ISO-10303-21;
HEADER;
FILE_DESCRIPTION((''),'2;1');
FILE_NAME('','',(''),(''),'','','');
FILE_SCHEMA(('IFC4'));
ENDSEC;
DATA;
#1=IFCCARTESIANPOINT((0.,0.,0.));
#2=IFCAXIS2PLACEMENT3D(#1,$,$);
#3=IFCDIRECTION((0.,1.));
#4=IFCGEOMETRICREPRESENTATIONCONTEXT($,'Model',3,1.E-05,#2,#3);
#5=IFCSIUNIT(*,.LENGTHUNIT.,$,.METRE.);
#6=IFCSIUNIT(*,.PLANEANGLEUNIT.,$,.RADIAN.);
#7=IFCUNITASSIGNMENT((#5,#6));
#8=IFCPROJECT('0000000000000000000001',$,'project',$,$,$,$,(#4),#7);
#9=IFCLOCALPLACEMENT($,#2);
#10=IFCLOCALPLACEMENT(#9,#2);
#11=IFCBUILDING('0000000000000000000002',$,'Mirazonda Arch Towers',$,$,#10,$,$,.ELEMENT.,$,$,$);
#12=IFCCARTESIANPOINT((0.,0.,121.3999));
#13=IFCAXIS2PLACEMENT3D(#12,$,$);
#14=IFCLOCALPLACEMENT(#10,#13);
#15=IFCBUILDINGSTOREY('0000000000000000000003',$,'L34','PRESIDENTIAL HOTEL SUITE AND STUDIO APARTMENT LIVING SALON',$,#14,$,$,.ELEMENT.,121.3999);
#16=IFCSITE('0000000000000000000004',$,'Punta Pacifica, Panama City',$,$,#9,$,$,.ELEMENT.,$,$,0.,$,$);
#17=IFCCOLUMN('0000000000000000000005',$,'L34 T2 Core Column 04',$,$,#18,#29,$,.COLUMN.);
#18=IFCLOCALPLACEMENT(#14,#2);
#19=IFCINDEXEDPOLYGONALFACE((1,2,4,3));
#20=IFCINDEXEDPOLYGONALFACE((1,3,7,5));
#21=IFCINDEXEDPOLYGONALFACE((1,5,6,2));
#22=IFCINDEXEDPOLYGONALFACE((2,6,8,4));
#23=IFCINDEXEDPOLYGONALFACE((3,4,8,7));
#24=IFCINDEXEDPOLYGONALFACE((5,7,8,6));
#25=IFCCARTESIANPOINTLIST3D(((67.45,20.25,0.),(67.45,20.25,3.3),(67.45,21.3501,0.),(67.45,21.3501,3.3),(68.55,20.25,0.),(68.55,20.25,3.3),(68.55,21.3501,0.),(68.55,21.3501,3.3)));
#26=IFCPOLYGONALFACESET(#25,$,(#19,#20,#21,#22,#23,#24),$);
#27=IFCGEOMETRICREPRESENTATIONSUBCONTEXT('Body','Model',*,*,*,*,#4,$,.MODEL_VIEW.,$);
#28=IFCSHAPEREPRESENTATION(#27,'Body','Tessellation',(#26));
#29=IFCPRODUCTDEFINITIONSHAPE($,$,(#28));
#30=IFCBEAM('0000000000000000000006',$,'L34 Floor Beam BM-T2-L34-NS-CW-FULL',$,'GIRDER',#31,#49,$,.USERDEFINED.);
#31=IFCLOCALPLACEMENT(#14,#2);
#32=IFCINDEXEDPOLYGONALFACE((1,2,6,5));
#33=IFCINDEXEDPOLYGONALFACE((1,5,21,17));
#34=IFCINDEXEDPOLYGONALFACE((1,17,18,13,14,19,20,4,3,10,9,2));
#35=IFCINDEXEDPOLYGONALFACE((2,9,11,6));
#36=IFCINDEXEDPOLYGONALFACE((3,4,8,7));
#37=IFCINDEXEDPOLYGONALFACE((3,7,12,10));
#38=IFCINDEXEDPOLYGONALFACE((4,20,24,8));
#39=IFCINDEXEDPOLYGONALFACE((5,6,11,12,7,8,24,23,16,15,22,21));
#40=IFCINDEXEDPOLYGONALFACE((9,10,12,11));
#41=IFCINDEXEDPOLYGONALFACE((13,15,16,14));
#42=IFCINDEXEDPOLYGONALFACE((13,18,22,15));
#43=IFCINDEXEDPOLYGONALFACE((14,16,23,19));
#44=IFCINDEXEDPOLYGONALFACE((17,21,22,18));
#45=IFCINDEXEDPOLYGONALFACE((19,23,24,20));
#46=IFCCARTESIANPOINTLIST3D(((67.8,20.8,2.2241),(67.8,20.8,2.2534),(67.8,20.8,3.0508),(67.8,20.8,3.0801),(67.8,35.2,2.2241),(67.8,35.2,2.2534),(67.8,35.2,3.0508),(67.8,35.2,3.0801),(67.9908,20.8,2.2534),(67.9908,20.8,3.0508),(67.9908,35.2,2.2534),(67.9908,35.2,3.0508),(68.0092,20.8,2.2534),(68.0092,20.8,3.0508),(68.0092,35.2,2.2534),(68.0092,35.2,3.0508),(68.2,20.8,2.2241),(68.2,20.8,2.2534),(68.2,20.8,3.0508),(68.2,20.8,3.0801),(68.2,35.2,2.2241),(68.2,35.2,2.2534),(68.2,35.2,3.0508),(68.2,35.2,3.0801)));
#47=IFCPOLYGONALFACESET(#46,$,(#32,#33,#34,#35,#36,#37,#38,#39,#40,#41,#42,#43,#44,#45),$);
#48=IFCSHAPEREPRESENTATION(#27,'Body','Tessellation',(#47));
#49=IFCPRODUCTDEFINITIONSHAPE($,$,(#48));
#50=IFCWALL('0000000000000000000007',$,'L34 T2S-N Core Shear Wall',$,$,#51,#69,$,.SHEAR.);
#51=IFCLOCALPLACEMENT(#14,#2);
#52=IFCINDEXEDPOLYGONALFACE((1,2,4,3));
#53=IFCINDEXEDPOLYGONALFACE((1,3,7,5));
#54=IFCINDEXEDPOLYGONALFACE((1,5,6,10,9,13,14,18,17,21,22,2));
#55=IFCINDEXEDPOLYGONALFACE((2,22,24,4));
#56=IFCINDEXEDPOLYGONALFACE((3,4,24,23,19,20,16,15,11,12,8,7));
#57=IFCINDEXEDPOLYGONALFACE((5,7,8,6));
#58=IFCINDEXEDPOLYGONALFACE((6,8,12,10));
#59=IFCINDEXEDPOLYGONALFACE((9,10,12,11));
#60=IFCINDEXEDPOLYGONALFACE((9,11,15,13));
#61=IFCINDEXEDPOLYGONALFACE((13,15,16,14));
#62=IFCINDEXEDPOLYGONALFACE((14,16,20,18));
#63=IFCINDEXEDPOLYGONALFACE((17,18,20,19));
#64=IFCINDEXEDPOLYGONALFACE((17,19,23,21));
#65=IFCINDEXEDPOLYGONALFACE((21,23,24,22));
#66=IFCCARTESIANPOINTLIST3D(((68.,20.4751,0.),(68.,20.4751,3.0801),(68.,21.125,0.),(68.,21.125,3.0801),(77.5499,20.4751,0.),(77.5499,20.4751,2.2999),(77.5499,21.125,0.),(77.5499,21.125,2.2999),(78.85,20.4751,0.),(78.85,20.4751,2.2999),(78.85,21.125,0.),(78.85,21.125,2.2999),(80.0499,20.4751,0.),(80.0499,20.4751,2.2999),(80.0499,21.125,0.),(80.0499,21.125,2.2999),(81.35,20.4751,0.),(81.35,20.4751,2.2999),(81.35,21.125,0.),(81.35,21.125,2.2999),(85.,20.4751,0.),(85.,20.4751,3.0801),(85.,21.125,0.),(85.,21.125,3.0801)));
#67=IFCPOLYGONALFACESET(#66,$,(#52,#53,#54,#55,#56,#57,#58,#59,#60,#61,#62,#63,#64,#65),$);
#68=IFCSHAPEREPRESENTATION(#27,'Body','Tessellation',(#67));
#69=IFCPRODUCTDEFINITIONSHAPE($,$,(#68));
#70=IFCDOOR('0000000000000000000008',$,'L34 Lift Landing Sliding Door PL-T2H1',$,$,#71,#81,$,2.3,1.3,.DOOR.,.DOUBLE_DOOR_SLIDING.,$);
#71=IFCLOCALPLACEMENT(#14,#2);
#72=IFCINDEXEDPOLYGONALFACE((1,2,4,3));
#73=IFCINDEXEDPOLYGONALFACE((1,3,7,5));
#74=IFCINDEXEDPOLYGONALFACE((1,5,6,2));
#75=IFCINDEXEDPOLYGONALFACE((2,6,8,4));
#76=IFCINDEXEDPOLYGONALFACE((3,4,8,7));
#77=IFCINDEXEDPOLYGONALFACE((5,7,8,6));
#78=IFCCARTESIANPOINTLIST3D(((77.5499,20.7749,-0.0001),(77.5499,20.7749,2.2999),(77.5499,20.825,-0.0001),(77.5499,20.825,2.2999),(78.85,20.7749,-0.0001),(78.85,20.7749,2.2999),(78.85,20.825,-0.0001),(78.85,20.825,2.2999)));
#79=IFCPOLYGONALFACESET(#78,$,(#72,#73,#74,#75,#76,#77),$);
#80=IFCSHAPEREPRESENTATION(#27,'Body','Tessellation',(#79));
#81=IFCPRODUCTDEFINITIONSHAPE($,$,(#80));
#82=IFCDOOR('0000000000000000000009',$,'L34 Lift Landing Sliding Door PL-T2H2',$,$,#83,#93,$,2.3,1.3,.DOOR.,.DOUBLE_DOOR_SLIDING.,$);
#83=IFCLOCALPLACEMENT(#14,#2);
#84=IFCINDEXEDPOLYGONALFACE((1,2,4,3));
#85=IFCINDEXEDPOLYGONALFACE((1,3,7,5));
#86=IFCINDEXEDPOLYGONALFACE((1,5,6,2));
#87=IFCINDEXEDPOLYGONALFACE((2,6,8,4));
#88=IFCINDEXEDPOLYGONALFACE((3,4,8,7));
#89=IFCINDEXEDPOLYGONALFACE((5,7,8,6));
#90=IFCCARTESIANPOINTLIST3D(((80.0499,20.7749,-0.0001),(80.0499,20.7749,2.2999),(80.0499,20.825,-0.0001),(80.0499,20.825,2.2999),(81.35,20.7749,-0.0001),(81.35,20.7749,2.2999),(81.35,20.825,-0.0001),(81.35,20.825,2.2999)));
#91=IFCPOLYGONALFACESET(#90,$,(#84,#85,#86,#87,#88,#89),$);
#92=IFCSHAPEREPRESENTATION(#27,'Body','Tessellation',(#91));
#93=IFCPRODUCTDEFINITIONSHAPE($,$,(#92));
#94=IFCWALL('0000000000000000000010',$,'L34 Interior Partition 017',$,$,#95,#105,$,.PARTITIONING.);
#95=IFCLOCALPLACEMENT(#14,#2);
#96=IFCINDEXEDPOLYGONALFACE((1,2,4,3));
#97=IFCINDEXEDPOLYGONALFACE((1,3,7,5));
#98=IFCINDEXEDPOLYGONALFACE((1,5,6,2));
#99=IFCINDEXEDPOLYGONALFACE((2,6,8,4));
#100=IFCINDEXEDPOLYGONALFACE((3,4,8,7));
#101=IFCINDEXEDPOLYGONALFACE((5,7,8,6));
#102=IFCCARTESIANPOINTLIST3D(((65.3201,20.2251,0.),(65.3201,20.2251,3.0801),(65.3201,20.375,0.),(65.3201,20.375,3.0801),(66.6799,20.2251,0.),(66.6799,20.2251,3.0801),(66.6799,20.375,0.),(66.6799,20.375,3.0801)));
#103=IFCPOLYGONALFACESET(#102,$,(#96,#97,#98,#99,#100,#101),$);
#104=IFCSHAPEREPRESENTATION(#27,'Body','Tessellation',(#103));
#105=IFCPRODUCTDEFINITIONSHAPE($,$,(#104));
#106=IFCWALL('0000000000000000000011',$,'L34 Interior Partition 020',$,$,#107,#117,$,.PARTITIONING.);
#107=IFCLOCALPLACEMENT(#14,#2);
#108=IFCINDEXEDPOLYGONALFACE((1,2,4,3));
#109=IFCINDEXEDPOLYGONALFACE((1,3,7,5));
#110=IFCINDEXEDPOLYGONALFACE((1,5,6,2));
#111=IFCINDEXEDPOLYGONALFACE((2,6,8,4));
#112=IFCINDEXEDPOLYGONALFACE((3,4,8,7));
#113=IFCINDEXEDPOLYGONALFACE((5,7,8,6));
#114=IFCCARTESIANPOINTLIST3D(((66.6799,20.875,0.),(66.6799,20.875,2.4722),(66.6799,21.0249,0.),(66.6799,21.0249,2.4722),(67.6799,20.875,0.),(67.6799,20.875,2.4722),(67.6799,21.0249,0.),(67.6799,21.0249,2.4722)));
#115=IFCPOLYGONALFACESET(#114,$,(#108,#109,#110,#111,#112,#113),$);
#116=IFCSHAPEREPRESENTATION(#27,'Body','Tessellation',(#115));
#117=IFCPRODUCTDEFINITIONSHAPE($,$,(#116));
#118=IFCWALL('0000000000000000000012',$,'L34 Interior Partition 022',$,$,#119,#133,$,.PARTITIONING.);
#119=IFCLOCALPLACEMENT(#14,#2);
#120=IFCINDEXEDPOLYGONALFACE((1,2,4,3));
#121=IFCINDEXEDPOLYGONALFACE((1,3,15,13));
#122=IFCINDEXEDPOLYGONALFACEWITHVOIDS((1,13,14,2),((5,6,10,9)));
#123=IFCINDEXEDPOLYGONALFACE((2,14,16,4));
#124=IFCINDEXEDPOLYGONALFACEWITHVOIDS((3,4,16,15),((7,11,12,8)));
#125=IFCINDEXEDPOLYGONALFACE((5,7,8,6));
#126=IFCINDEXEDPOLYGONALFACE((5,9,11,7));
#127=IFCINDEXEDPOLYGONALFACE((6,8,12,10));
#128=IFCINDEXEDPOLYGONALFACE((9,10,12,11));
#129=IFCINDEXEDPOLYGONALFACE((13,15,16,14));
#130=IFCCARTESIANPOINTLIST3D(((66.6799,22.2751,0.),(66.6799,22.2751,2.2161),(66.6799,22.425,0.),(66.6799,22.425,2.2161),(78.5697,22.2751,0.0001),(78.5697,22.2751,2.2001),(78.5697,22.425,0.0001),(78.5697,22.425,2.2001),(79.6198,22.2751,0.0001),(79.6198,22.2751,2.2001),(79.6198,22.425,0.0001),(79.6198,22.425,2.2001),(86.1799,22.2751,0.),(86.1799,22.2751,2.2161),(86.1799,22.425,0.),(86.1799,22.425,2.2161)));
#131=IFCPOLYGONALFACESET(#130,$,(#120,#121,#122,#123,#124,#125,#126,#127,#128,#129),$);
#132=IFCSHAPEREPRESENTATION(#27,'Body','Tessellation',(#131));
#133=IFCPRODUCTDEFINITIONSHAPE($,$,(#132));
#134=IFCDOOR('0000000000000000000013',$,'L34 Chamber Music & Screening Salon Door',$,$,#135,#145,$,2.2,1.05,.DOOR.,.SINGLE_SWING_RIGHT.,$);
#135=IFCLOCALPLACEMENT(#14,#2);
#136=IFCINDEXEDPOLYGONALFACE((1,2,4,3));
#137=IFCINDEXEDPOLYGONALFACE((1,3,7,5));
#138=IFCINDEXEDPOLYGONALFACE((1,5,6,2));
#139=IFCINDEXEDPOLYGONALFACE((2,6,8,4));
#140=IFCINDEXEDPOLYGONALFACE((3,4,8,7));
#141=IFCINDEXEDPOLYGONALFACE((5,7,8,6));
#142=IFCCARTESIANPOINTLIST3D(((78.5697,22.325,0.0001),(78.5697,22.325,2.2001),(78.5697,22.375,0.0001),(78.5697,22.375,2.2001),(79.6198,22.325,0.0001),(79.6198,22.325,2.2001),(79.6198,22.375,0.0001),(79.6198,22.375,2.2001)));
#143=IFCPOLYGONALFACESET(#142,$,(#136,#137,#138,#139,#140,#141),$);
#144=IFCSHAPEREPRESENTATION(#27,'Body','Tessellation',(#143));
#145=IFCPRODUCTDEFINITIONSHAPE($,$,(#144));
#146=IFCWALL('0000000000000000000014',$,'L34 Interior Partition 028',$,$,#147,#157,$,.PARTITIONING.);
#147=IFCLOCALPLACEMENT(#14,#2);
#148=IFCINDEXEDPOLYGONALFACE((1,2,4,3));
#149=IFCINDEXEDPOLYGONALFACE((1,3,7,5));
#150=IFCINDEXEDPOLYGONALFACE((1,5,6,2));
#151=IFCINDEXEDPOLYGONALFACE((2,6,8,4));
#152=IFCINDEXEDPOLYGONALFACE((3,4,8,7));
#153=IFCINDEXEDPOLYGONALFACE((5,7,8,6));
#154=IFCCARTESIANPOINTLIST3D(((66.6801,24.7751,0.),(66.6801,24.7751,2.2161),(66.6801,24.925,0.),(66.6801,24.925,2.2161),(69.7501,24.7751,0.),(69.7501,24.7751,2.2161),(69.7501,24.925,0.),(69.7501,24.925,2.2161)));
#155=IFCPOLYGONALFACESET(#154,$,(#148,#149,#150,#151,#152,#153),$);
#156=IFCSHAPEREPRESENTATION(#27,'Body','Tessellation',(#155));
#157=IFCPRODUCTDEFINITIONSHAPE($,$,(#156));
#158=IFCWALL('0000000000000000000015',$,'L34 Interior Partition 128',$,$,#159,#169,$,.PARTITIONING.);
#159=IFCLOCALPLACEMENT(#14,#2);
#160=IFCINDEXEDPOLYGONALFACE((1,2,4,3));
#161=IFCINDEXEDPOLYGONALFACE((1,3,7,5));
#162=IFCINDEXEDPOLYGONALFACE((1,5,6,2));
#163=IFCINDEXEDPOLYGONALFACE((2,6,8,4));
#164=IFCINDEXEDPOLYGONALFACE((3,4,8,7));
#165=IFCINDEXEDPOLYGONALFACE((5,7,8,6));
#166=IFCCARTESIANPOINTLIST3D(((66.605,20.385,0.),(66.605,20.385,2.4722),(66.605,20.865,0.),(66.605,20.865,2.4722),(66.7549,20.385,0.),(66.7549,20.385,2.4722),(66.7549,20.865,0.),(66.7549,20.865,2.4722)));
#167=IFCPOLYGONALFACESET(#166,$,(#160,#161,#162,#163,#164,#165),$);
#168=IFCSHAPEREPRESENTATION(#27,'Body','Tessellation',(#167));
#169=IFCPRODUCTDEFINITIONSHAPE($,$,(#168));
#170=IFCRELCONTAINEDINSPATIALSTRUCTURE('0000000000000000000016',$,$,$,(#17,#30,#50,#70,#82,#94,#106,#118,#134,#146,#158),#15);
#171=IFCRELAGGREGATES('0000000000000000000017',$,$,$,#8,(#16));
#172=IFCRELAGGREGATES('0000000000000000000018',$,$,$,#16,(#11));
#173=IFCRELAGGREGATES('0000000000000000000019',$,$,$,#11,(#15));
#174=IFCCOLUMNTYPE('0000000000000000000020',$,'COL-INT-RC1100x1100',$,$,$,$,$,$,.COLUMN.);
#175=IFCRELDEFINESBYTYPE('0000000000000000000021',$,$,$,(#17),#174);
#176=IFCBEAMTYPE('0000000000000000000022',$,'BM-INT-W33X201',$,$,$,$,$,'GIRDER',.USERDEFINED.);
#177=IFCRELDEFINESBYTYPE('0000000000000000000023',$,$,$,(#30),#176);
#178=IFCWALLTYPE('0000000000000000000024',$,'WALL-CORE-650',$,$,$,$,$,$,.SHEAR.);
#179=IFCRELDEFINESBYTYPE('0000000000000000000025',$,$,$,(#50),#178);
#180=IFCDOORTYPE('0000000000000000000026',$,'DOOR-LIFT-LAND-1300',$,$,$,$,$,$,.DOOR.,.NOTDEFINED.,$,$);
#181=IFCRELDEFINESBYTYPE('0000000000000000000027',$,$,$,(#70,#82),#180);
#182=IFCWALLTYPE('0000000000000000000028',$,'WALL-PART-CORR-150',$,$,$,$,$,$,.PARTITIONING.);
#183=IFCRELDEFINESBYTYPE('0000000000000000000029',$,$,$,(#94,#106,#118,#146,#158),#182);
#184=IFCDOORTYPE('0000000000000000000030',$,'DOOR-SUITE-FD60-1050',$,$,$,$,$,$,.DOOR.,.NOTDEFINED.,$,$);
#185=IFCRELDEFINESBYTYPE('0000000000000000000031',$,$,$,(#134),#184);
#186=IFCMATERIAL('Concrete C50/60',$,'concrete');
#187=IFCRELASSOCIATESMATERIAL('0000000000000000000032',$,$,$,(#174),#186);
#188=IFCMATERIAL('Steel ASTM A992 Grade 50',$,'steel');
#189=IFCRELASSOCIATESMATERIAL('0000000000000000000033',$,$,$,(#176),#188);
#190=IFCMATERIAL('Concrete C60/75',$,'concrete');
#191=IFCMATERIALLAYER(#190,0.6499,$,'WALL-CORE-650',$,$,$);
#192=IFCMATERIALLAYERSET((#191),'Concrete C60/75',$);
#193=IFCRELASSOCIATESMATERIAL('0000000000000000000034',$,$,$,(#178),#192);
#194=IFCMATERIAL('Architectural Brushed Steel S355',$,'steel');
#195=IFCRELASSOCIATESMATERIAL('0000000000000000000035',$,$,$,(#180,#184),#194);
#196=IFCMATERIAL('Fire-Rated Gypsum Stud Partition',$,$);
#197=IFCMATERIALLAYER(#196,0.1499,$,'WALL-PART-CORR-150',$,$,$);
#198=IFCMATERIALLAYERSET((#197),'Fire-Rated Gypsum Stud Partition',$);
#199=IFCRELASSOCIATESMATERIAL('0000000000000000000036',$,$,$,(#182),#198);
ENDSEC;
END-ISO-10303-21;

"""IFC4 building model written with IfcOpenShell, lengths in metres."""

from ifc_helpers import new_model, si_unit, direction, frame, frame_2d, origin, origin_2d, place, context, subcontext, project, spatial, rectangle, i_section, extrude, material, layer, layer_set, material_profile, profile_set, type_object, element, fill, save


model = new_model("IFC4")

# Units and contexts
model_context = context("Model", 3, precision=1e-05, world=origin(), true_north=direction((0.0, 1.0)))
body_context = subcontext(model_context, "Body", "Model", "MODEL_VIEW")
ifc_project = project(units=[si_unit("LENGTHUNIT", "METRE"), si_unit("PLANEANGLEUNIT", "RADIAN")], contexts=[model_context])

# Site, building, storey
site_placement = place(None, origin())
site = spatial("IfcSite", under=ifc_project, at=site_placement, Name="Punta Pacifica, Panama City", CompositionType="ELEMENT", RefElevation=0.0)
building_placement = place(site_placement, origin())
building = spatial("IfcBuilding", under=site, at=building_placement, Name="Mirazonda Arch Towers", CompositionType="ELEMENT")
storey_placement = place(building_placement, frame((0.0, 0.0, 121.3999)))
storey = spatial("IfcBuildingStorey", under=building, at=storey_placement, Name="L34", Description="PRESIDENTIAL HOTEL SUITE AND STUDIO APARTMENT LIVING SALON", CompositionType="ELEMENT", Elevation=121.3999)

# Column
ifc_material_1 = material(Name="Concrete C50/60", Category="concrete")
ifc_material_profile_1 = material_profile(ifc_material_1, rectangle(XDim=1.1001, YDim=1.1001, at=origin_2d()), Name="RC1100x1100")
ifc_profile_set_1 = profile_set([ifc_material_profile_1], Name="Concrete C50/60")
column_type = type_object("IfcColumnType", Name="COL-INT-RC1100x1100", PredefinedType="COLUMN", material=ifc_profile_set_1)
column_placement = place(storey_placement, frame((68.0, 20.8, 0.0), z_axis=(0.0, 0.0, 1.0), x_axis=(1.0, 0.0, 0.0)))
element("IfcColumn", 1, at=column_placement, inside=storey, type_object=column_type, Name="L34 T2 Core Column 04", PredefinedType="COLUMN", context=body_context, shape_type="SweptSolid", body=[
    extrude(rectangle(XDim=1.1001, YDim=1.1001, at=origin_2d()), origin(), (0.0, 0.0, 1.0), 3.3),
])

# Beam
ifc_material_2 = material(Name="Steel ASTM A992 Grade 50", Category="steel")
ifc_material_profile_2 = material_profile(ifc_material_2, i_section(OverallWidth=0.3999, OverallDepth=0.856, WebThickness=0.0183, FlangeThickness=0.0293, at=origin_2d()), Name="W33X201")
ifc_profile_set_2 = profile_set([ifc_material_profile_2], Name="Steel ASTM A992 Grade 50")
beam_type = type_object("IfcBeamType", Name="BM-INT-W33X201", ElementType="GIRDER", PredefinedType="USERDEFINED", material=ifc_profile_set_2)
beam_placement = place(storey_placement, frame((68.0, 20.8, 2.6521), z_axis=(0.0, 1.0, 0.0), x_axis=(-1.0, 0.0, 0.0)))
element("IfcBeam", 2, at=beam_placement, inside=storey, type_object=beam_type, Name="L34 Floor Beam BM-T2-L34-NS-CW-FULL", ObjectType="GIRDER", PredefinedType="USERDEFINED", context=body_context, shape_type="SweptSolid", body=[
    extrude(i_section(OverallWidth=0.3999, OverallDepth=0.856, WebThickness=0.0183, FlangeThickness=0.0293, at=origin_2d()), origin(), (0.0, 0.0, 1.0), 14.3999),
])

# Wall, openings, doors
ifc_material_3 = material(Name="Concrete C60/75", Category="concrete")
ifc_layer_1 = layer(ifc_material_3, 0.6499, Name="WALL-CORE-650")
ifc_layer_set_1 = layer_set([ifc_layer_1], Name="Concrete C60/75")
wall_type_1 = type_object("IfcWallType", Name="WALL-CORE-650", PredefinedType="SHEAR", material=ifc_layer_set_1)
wall_1_placement = place(storey_placement, frame((68.0, 20.8, 0.0), z_axis=(0.0, 0.0, 1.0), x_axis=(1.0, 0.0, 0.0)))
wall_1 = element("IfcWall", 3, at=wall_1_placement, inside=storey, type_object=wall_type_1, Name="L34 T2S-N Core Shear Wall", PredefinedType="SHEAR", context=body_context, shape_type="SweptSolid", body=[
    extrude(rectangle(XDim=17.0, YDim=0.6499, at=frame_2d((8.5, 0.0))), origin(), (0.0, 0.0, 1.0), 3.0801),
])
opening_1_placement = place(wall_1_placement, frame((9.55, 0.0, 0.0)))
opening_1 = element("IfcOpeningElement", 4, at=opening_1_placement, cuts=wall_1, PredefinedType="OPENING", context=body_context, shape_type="SweptSolid", body=[
    extrude(rectangle(XDim=1.3, YDim=2.3, at=frame_2d((0.6499, 1.1499))), frame((0.0, 0.335, 0.0), z_axis=(0.0, -1.0, 0.0), x_axis=(1.0, 0.0, 0.0)), (0.0, 0.0, 1.0), 0.6699),
])
opening_2_placement = place(wall_1_placement, frame((12.05, 0.0, 0.0)))
opening_2 = element("IfcOpeningElement", 5, at=opening_2_placement, cuts=wall_1, PredefinedType="OPENING", context=body_context, shape_type="SweptSolid", body=[
    extrude(rectangle(XDim=1.3, YDim=2.3, at=frame_2d((0.6499, 1.1499))), frame((0.0, 0.335, 0.0), z_axis=(0.0, -1.0, 0.0), x_axis=(1.0, 0.0, 0.0)), (0.0, 0.0, 1.0), 0.6699),
])
ifc_material_4 = material(Name="Architectural Brushed Steel S355", Category="steel")
door_type_1 = type_object("IfcDoorType", Name="DOOR-LIFT-LAND-1300", OperationType="NOTDEFINED", PredefinedType="DOOR", material=ifc_material_4)
door_1_placement = place(opening_1_placement, origin())
door_1 = element("IfcDoor", 6, at=door_1_placement, inside=storey, type_object=door_type_1, Name="L34 Lift Landing Sliding Door PL-T2H1", OperationType="DOUBLE_DOOR_SLIDING", OverallHeight=2.3, OverallWidth=1.3, PredefinedType="DOOR", context=body_context, shape_type="SweptSolid", body=[
    extrude(rectangle(XDim=1.3, YDim=2.3, at=frame_2d((0.6499, 1.1499))), frame((0.0, 0.0249, 0.0), z_axis=(0.0, -1.0, 0.0), x_axis=(1.0, 0.0, 0.0)), (0.0, 0.0, 1.0), 0.05),
])
fill(opening_1, door_1)
door_2_placement = place(opening_2_placement, origin())
door_2 = element("IfcDoor", 7, at=door_2_placement, inside=storey, type_object=door_type_1, Name="L34 Lift Landing Sliding Door PL-T2H2", OperationType="DOUBLE_DOOR_SLIDING", OverallHeight=2.3, OverallWidth=1.3, PredefinedType="DOOR", context=body_context, shape_type="SweptSolid", body=[
    extrude(rectangle(XDim=1.3, YDim=2.3, at=frame_2d((0.6499, 1.1499))), frame((0.0, 0.0249, 0.0), z_axis=(0.0, -1.0, 0.0), x_axis=(1.0, 0.0, 0.0)), (0.0, 0.0, 1.0), 0.05),
])
fill(opening_2, door_2)

# Walls
ifc_material_5 = material(Name="Fire-Rated Gypsum Stud Partition")
ifc_layer_2 = layer(ifc_material_5, 0.1499, Name="WALL-PART-CORR-150")
ifc_layer_set_2 = layer_set([ifc_layer_2], Name="Fire-Rated Gypsum Stud Partition")
wall_type_2 = type_object("IfcWallType", Name="WALL-PART-CORR-150", PredefinedType="PARTITIONING", material=ifc_layer_set_2)
wall_2_placement = place(storey_placement, frame((65.3201, 20.3, 0.0), z_axis=(0.0, 0.0, 1.0), x_axis=(1.0, 0.0, 0.0)))
element("IfcWall", 8, at=wall_2_placement, inside=storey, type_object=wall_type_2, Name="L34 Interior Partition 017", PredefinedType="PARTITIONING", context=body_context, shape_type="SweptSolid", body=[
    extrude(rectangle(XDim=1.3599, YDim=0.1499, at=frame_2d((0.6799, 0.0))), origin(), (0.0, 0.0, 1.0), 3.0801),
])
wall_3_placement = place(storey_placement, frame((66.6799, 20.95, 0.0), z_axis=(0.0, 0.0, 1.0), x_axis=(1.0, 0.0, 0.0)))
element("IfcWall", 9, at=wall_3_placement, inside=storey, type_object=wall_type_2, Name="L34 Interior Partition 020", PredefinedType="PARTITIONING", context=body_context, shape_type="SweptSolid", body=[
    extrude(rectangle(XDim=1.0, YDim=0.1499, at=frame_2d((0.5, 0.0))), origin(), (0.0, 0.0, 1.0), 2.4722),
])

# Wall, opening, door
wall_4_placement = place(storey_placement, frame((66.6799, 22.3501, 0.0), z_axis=(0.0, 0.0, 1.0), x_axis=(1.0, 0.0, 0.0)))
wall_4 = element("IfcWall", 10, at=wall_4_placement, inside=storey, type_object=wall_type_2, Name="L34 Interior Partition 022", PredefinedType="PARTITIONING", context=body_context, shape_type="SweptSolid", body=[
    extrude(rectangle(XDim=19.5, YDim=0.1499, at=frame_2d((9.75, 0.0))), origin(), (0.0, 0.0, 1.0), 2.2161),
])
opening_3_placement = place(wall_4_placement, frame((11.8899, 0.0, 0.0)))
opening_3 = element("IfcOpeningElement", 11, at=opening_3_placement, cuts=wall_4, PredefinedType="OPENING", context=body_context, shape_type="SweptSolid", body=[
    extrude(rectangle(XDim=1.05, YDim=2.2, at=frame_2d((0.5249, 1.1001))), frame((0.0, 0.085, 0.0), z_axis=(0.0, -1.0, 0.0), x_axis=(1.0, 0.0, 0.0)), (0.0, 0.0, 1.0), 0.1699),
])
door_type_2 = type_object("IfcDoorType", Name="DOOR-SUITE-FD60-1050", OperationType="NOTDEFINED", PredefinedType="DOOR", material=ifc_material_4)
door_3_placement = place(opening_3_placement, origin())
door_3 = element("IfcDoor", 12, at=door_3_placement, inside=storey, type_object=door_type_2, Name="L34 Chamber Music & Screening Salon Door", OperationType="SINGLE_SWING_RIGHT", OverallHeight=2.2, OverallWidth=1.05, PredefinedType="DOOR", context=body_context, shape_type="SweptSolid", body=[
    extrude(rectangle(XDim=1.05, YDim=2.2, at=frame_2d((0.5249, 1.1001))), frame((0.0, 0.0249, 0.0), z_axis=(0.0, -1.0, 0.0), x_axis=(1.0, 0.0, 0.0)), (0.0, 0.0, 1.0), 0.05),
])
fill(opening_3, door_3)

# Walls
wall_5_placement = place(storey_placement, frame((66.6799, 24.8501, 0.0), z_axis=(0.0, 0.0, 1.0), x_axis=(1.0, 0.0, 0.0)))
element("IfcWall", 13, at=wall_5_placement, inside=storey, type_object=wall_type_2, Name="L34 Interior Partition 028", PredefinedType="PARTITIONING", context=body_context, shape_type="SweptSolid", body=[
    extrude(rectangle(XDim=3.0701, YDim=0.1499, at=frame_2d((1.5352, 0.0))), origin(), (0.0, 0.0, 1.0), 2.2161),
])
wall_6_placement = place(storey_placement, frame((66.6799, 20.385, 0.0), z_axis=(0.0, 0.0, 1.0), x_axis=(0.0, 1.0, 0.0)))
element("IfcWall", 14, at=wall_6_placement, inside=storey, type_object=wall_type_2, Name="L34 Interior Partition 128", PredefinedType="PARTITIONING", context=body_context, shape_type="SweptSolid", body=[
    extrude(rectangle(XDim=0.48, YDim=0.1499, at=frame_2d((0.24, 0.0))), origin(), (0.0, 0.0, 1.0), 2.4722),
])

save(model, "model.ifc")
